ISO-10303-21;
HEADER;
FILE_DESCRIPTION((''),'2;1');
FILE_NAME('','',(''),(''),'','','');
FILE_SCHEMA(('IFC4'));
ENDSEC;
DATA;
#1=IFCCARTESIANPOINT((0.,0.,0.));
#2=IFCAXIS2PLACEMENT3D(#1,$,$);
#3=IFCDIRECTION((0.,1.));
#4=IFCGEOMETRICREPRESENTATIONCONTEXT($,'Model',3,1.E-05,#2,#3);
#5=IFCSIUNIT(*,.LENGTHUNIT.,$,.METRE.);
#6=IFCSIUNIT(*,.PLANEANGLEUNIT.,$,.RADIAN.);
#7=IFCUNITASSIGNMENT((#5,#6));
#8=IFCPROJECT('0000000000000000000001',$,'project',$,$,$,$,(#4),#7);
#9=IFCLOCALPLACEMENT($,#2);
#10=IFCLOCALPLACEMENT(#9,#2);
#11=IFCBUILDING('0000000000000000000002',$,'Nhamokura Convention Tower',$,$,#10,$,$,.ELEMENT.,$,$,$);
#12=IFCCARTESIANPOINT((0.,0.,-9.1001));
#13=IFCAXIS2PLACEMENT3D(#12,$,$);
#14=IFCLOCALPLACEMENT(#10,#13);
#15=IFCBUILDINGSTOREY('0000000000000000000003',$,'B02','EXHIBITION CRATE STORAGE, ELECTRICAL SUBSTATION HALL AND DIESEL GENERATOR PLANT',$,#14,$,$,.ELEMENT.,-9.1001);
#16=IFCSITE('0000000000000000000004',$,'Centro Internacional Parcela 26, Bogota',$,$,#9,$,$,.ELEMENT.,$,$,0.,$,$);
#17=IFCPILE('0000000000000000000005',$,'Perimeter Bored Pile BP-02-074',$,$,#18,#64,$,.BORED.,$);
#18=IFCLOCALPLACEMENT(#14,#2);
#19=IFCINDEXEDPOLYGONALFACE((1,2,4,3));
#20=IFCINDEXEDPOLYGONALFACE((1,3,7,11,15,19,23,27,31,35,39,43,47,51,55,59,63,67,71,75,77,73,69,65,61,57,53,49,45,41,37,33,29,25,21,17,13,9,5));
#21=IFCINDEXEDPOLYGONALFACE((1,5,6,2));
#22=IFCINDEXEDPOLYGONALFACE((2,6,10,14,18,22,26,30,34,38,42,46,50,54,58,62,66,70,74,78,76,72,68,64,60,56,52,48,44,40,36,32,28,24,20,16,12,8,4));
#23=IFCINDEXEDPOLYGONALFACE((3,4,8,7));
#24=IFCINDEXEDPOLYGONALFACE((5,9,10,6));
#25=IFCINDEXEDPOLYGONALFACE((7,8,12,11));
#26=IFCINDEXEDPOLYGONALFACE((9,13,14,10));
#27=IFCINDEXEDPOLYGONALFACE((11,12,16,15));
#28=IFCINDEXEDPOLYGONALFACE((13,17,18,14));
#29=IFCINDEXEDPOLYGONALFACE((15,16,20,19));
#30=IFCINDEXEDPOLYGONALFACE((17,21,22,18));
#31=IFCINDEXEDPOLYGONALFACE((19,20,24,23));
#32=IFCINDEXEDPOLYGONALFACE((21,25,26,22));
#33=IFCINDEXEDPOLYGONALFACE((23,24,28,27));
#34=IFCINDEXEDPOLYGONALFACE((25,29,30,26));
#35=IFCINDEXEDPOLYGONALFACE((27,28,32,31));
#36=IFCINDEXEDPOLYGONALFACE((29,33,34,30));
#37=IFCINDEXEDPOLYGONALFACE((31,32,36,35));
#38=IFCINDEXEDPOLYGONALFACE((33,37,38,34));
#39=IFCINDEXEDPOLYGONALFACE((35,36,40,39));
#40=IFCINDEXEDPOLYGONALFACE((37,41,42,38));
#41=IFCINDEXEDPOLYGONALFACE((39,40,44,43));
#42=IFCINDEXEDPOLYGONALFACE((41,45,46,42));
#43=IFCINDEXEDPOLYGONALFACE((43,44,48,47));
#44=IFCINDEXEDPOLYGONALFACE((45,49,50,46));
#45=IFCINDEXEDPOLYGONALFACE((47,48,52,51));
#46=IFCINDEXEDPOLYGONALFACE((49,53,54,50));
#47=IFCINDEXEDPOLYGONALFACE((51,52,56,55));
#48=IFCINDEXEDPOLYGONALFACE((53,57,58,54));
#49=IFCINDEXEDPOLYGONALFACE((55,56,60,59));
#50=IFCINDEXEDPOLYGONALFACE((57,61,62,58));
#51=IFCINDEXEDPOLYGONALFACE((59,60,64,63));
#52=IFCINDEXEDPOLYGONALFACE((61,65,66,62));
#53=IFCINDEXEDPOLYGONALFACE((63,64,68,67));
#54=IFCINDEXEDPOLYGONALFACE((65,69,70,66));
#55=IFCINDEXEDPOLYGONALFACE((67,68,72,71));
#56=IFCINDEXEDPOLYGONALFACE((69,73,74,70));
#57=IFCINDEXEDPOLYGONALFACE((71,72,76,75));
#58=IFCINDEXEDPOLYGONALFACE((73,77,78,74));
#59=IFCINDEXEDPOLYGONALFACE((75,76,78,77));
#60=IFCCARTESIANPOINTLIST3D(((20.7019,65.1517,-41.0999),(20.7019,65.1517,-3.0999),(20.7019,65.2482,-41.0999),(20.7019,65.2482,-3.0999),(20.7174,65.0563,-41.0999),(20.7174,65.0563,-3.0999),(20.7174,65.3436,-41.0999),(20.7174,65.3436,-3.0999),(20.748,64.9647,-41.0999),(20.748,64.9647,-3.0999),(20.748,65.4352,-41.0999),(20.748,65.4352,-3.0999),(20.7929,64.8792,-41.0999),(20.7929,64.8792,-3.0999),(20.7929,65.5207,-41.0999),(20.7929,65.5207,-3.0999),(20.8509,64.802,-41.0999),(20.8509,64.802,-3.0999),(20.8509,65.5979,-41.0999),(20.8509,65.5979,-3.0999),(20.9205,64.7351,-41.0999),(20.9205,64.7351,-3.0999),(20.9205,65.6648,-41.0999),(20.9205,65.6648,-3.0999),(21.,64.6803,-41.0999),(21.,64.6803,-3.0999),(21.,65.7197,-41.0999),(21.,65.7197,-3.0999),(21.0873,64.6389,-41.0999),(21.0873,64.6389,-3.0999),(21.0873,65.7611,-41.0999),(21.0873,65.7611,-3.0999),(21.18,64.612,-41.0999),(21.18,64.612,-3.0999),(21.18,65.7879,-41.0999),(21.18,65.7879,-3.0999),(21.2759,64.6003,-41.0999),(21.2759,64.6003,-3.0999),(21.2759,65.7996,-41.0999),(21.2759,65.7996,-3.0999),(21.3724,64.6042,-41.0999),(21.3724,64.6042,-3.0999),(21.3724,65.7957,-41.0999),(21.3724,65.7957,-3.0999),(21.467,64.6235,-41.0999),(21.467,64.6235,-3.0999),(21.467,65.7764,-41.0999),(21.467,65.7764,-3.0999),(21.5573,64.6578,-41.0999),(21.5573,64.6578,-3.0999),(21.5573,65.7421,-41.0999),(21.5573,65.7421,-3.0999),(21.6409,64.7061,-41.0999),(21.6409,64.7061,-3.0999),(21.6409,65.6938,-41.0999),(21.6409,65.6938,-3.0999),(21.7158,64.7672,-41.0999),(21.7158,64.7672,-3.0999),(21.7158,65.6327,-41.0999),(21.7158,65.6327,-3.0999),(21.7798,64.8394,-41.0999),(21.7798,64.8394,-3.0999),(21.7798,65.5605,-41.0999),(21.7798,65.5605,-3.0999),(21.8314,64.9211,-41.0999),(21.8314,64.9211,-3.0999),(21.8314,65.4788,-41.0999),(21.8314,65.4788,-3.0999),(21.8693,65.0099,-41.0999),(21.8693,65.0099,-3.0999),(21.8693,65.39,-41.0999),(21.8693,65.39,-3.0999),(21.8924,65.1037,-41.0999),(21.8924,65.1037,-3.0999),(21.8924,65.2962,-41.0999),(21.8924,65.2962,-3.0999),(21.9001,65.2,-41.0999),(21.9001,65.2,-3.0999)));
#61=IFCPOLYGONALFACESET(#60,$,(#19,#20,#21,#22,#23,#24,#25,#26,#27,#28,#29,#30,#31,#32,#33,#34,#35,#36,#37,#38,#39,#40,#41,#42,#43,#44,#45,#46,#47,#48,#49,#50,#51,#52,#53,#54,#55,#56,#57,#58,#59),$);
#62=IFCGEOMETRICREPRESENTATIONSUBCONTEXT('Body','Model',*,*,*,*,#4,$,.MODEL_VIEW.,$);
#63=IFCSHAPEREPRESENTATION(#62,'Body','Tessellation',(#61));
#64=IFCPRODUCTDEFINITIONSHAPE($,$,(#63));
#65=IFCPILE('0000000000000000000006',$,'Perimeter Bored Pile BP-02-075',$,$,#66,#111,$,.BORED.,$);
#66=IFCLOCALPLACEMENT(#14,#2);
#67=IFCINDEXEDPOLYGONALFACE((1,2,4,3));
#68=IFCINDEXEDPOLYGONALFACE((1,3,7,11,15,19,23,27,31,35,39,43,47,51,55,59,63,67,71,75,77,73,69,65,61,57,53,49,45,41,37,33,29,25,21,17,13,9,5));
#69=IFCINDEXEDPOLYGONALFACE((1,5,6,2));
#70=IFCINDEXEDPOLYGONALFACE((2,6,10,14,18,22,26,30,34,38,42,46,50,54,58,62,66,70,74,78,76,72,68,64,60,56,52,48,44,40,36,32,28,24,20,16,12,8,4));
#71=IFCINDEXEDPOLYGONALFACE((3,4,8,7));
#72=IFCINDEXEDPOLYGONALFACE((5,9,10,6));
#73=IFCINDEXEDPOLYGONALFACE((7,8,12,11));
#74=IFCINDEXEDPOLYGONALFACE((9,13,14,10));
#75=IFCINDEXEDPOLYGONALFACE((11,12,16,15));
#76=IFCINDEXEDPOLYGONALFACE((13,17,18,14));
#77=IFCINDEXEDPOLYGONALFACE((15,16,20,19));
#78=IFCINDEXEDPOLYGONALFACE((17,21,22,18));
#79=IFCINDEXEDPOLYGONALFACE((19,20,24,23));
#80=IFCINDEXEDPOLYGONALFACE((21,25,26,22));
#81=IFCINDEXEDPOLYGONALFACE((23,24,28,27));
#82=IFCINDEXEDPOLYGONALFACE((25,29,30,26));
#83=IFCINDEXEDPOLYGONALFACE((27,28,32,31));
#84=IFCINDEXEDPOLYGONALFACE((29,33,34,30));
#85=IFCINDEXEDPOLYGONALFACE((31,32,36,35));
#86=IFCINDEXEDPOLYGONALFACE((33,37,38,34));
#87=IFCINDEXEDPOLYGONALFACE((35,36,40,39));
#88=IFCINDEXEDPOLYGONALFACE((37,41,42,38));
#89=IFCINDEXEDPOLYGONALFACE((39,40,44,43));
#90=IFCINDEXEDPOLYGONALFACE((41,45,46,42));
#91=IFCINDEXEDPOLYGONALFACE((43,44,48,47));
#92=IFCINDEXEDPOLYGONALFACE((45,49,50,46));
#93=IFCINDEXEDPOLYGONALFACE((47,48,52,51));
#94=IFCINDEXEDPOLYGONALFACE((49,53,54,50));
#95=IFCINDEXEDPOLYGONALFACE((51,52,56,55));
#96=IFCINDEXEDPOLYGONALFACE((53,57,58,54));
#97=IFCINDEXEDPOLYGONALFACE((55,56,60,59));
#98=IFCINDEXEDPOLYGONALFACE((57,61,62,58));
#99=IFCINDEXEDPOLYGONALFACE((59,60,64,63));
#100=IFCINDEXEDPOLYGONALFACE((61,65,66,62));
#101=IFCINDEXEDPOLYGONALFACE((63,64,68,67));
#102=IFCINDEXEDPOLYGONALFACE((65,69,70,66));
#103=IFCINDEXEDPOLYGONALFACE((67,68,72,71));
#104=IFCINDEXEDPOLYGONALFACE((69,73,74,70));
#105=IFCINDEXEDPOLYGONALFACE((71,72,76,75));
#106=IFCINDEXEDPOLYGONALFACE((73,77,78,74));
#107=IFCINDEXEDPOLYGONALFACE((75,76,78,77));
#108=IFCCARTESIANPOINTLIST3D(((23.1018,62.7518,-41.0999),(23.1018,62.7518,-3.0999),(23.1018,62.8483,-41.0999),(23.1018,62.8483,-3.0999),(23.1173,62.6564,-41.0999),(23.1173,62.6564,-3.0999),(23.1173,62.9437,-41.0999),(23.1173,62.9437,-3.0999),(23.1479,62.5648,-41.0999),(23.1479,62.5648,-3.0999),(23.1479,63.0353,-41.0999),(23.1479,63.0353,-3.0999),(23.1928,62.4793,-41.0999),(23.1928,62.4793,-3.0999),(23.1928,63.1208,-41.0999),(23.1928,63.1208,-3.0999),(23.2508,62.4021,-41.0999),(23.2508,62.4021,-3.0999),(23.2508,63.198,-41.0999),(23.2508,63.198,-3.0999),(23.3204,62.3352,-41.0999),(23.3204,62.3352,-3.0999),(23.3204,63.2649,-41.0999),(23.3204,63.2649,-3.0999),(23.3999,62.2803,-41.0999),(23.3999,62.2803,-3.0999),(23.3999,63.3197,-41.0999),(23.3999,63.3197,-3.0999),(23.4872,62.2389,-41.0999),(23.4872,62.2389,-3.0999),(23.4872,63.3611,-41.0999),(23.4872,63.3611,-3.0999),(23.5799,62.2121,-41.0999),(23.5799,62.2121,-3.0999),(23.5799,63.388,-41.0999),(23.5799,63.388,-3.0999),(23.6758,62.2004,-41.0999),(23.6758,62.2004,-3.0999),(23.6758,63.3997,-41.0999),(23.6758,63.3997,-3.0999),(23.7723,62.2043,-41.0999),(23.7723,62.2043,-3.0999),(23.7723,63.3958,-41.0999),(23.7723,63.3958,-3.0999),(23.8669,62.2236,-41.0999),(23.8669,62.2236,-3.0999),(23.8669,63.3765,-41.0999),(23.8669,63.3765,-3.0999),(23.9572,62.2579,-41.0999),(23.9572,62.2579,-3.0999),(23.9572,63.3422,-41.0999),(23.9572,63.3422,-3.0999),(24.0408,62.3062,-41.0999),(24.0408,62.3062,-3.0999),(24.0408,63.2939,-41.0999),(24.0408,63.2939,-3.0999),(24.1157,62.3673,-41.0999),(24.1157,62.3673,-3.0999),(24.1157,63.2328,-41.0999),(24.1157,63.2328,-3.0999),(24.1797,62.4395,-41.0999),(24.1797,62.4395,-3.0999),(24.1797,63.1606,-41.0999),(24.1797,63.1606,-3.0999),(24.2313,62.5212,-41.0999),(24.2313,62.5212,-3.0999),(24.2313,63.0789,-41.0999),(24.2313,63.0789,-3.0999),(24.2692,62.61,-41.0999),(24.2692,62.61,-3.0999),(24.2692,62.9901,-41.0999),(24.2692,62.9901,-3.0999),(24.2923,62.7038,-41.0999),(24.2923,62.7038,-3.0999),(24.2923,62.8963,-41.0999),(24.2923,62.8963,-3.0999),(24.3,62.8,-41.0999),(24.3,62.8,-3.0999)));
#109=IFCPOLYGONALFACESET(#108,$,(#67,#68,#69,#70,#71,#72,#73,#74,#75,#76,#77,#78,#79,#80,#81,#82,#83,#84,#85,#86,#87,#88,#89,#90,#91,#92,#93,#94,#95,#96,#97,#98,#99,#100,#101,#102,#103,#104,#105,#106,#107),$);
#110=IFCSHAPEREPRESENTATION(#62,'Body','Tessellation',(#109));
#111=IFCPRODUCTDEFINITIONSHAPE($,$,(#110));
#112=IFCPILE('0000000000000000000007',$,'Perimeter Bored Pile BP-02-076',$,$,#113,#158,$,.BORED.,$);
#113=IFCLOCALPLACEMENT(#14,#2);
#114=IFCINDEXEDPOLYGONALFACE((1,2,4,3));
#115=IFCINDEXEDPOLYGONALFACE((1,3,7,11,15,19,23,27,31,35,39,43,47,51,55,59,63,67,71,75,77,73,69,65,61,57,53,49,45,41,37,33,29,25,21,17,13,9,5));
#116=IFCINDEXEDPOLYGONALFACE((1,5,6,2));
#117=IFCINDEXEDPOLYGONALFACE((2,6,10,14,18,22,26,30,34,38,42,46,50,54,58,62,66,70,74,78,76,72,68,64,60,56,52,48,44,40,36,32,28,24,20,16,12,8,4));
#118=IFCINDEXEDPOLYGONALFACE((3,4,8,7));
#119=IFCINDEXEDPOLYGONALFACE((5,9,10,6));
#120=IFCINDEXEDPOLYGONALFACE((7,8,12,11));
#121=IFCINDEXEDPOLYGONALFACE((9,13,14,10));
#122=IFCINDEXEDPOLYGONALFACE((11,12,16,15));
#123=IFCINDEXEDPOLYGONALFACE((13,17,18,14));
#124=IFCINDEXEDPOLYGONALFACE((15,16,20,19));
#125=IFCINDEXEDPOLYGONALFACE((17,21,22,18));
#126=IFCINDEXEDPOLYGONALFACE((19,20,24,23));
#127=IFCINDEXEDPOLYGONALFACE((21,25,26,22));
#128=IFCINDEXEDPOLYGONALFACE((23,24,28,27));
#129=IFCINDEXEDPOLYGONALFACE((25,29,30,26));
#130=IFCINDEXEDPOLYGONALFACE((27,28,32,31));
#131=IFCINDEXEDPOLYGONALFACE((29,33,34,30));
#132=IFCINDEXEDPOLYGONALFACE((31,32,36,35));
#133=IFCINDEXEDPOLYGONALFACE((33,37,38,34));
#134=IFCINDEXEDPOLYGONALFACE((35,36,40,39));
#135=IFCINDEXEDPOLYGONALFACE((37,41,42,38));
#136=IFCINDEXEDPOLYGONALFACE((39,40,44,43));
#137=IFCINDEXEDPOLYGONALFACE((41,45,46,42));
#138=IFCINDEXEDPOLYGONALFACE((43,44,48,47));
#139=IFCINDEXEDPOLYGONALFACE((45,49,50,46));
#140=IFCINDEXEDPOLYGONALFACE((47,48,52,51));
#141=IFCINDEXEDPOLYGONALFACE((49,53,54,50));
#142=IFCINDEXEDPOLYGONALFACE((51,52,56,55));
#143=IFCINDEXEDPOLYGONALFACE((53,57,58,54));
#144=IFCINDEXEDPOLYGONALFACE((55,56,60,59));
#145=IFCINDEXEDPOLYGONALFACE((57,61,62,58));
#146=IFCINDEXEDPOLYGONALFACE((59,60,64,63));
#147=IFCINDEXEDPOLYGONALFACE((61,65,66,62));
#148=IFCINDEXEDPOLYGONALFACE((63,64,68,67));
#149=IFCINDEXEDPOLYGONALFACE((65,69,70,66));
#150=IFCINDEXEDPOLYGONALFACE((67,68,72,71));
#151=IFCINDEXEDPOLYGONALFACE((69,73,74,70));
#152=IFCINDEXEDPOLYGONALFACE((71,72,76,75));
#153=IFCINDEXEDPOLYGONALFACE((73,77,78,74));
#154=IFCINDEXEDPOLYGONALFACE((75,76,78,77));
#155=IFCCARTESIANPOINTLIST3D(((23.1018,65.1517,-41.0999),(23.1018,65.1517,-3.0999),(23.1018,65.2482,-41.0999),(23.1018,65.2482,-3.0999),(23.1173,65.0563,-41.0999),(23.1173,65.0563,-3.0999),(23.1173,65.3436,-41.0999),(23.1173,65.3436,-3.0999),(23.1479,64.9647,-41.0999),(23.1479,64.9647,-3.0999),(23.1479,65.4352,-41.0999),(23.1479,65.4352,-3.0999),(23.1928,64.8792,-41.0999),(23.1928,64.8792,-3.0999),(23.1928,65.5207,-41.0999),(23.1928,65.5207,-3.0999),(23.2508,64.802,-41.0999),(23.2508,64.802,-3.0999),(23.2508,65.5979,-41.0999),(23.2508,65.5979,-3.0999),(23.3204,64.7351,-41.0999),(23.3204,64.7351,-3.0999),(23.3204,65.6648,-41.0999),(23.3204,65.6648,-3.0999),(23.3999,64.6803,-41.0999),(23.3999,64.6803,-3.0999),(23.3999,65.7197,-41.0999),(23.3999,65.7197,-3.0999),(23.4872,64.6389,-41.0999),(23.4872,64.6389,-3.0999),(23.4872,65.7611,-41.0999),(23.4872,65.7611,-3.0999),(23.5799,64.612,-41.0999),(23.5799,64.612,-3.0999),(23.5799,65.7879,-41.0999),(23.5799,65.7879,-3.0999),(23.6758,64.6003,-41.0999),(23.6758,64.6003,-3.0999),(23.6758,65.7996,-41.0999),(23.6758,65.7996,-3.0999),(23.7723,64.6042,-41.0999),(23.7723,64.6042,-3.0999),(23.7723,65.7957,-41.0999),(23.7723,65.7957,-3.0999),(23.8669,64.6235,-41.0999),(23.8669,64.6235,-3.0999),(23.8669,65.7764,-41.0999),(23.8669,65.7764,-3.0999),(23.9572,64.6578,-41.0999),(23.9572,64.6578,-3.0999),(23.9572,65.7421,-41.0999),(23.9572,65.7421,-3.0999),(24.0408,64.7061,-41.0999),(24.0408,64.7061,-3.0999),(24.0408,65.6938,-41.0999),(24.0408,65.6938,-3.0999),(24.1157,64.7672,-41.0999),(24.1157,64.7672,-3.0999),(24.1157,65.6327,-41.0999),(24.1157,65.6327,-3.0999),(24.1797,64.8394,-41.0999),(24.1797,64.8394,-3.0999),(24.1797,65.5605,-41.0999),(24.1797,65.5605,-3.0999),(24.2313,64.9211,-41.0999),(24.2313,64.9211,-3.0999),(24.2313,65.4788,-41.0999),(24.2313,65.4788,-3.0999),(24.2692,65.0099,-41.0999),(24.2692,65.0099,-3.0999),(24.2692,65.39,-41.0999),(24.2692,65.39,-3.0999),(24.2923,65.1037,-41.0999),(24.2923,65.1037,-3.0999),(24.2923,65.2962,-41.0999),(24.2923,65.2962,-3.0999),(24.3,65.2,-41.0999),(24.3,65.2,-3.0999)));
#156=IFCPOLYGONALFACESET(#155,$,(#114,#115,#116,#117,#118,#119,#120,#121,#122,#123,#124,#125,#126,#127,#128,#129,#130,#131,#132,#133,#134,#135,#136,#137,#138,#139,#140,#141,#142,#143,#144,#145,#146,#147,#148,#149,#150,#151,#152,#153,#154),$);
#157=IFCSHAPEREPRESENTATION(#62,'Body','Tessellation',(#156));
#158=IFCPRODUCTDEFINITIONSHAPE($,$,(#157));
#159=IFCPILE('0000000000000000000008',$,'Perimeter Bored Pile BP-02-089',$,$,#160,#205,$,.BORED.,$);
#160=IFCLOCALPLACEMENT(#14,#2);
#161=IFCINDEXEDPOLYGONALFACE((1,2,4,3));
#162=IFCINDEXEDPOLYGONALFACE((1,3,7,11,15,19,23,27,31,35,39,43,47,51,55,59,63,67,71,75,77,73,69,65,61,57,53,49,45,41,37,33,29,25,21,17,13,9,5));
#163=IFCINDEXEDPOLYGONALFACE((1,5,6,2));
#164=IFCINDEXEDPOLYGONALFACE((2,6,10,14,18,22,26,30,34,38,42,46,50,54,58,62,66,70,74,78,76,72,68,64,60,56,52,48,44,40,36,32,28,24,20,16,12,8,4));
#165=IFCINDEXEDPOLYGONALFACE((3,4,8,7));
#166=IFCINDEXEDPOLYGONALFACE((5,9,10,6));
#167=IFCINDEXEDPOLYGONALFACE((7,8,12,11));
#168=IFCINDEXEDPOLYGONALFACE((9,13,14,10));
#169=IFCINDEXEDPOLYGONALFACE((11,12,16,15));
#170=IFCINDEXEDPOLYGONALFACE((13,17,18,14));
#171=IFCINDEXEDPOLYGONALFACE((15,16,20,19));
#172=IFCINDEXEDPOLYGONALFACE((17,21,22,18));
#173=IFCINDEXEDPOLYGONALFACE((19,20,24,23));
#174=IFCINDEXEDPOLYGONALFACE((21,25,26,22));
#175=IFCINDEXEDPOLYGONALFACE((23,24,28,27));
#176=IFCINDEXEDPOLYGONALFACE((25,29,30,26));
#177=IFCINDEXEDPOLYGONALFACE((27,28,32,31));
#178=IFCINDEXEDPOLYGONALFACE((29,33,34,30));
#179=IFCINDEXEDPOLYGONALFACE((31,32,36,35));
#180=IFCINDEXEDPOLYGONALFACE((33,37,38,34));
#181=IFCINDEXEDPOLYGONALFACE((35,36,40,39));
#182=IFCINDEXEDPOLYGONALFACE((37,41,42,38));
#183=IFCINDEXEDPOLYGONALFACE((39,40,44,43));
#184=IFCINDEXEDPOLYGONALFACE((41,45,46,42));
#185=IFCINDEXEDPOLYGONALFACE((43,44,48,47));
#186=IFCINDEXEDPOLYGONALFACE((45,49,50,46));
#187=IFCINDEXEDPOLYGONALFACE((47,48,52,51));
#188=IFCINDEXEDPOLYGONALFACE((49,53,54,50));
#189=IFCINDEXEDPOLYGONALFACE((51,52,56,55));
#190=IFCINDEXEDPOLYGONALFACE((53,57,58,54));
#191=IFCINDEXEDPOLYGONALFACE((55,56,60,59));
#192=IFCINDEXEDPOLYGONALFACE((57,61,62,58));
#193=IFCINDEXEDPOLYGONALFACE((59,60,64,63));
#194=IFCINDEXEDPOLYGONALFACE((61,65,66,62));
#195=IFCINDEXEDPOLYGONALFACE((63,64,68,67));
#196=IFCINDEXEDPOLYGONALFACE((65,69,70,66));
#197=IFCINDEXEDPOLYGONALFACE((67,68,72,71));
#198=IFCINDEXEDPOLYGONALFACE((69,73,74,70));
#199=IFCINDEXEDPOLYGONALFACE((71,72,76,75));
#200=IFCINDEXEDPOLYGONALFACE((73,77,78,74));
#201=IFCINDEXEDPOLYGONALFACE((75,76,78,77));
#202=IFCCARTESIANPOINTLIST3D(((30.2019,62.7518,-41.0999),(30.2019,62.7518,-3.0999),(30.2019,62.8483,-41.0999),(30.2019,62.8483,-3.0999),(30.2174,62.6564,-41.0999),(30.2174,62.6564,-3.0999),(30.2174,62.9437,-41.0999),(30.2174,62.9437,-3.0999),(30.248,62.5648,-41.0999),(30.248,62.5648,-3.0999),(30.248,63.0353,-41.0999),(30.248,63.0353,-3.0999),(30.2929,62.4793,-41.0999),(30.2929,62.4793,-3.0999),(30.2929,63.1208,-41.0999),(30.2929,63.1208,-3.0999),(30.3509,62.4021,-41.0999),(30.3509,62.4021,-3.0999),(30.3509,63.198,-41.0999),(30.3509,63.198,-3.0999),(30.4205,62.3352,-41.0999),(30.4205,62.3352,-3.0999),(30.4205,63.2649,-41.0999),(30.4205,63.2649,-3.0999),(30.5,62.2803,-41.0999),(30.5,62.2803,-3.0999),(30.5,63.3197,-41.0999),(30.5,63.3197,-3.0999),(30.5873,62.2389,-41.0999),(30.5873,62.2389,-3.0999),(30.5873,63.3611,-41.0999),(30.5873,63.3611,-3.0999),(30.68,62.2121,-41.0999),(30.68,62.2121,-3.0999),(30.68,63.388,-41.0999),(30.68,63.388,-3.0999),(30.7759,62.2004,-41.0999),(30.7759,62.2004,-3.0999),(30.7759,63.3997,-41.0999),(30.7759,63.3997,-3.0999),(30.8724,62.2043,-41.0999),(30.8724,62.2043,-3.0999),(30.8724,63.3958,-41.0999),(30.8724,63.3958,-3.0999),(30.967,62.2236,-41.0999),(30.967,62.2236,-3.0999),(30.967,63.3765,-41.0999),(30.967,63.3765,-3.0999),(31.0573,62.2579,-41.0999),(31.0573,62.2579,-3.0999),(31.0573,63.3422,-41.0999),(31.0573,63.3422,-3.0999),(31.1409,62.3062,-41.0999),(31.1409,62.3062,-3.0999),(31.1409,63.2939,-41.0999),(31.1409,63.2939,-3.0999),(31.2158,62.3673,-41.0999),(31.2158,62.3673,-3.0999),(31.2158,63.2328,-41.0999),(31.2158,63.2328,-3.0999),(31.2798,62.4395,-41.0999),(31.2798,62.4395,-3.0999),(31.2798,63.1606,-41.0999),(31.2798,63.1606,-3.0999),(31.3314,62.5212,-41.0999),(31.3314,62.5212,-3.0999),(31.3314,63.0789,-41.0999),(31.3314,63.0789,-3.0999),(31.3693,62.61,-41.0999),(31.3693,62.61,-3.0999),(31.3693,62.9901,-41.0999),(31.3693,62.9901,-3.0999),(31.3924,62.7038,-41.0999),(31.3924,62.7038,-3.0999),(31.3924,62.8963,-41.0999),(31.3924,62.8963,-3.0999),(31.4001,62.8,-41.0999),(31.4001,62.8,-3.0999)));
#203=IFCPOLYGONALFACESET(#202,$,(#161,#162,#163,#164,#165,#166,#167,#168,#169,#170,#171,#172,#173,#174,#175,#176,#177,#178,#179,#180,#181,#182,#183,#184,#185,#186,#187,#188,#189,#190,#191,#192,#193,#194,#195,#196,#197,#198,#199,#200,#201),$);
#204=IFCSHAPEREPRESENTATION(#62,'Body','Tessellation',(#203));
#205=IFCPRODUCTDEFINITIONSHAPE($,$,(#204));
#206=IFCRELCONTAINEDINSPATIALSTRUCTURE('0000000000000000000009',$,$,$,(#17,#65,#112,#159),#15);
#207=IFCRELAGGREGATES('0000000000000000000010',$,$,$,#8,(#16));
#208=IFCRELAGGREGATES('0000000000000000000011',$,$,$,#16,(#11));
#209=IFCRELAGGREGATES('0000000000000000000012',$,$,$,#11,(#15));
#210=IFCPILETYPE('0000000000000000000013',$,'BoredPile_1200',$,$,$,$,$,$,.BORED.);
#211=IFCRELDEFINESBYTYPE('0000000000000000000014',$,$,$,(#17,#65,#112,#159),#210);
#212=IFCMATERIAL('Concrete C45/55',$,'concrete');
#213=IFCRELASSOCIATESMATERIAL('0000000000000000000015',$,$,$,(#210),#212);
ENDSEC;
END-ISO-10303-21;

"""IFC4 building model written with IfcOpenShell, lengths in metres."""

from ifc_helpers import new_model, si_unit, direction, frame, origin, origin_2d, place, context, subcontext, project, spatial, circle, extrude, material, material_profile, profile_set, type_object, element, save


model = new_model("IFC4")

# Units and contexts
model_context = context("Model", 3, precision=1e-05, world=origin(), true_north=direction((0.0, 1.0)))
body_context = subcontext(model_context, "Body", "Model", "MODEL_VIEW")
ifc_project = project(units=[si_unit("LENGTHUNIT", "METRE"), si_unit("PLANEANGLEUNIT", "RADIAN")], contexts=[model_context])

# Site, building, storey
site_placement = place(None, origin())
site = spatial("IfcSite", under=ifc_project, at=site_placement, Name="Centro Internacional Parcela 26, Bogota", CompositionType="ELEMENT", RefElevation=0.0)
building_placement = place(site_placement, origin())
building = spatial("IfcBuilding", under=site, at=building_placement, Name="Nhamokura Convention Tower", CompositionType="ELEMENT")
storey_placement = place(building_placement, frame((0.0, 0.0, -9.1001)))
storey = spatial("IfcBuildingStorey", under=building, at=storey_placement, Name="B02", Description="EXHIBITION CRATE STORAGE, ELECTRICAL SUBSTATION HALL AND DIESEL GENERATOR PLANT", CompositionType="ELEMENT", Elevation=-9.1001)

# Piles
ifc_material_1 = material(Name="Concrete C45/55", Category="concrete")
ifc_material_profile_1 = material_profile(ifc_material_1, circle(Radius=0.6001, at=origin_2d()))
ifc_profile_set_1 = profile_set([ifc_material_profile_1], Name="Concrete C45/55")
pile_type = type_object("IfcPileType", Name="BoredPile_1200", PredefinedType="BORED", material=ifc_profile_set_1)
for number, where, z_axis, x_axis, name in (
    (1, (21.3, 65.2, -3.0999), (0.0, 0.0, -1.0), (1.0, 0.0, 0.0), "Perimeter Bored Pile BP-02-074"),
    (2, (23.7, 62.8, -3.0999), (0.0, 0.0, -1.0), (1.0, 0.0, 0.0), "Perimeter Bored Pile BP-02-075"),
    (3, (23.7, 65.2, -3.0999), (0.0, 0.0, -1.0), (1.0, 0.0, 0.0), "Perimeter Bored Pile BP-02-076"),
    (4, (30.8, 62.8, -3.0999), (0.0, 0.0, -1.0), (1.0, 0.0, 0.0), "Perimeter Bored Pile BP-02-089"),
):
    element("IfcPile", number, at=place(storey_placement, frame(where, z_axis=z_axis, x_axis=x_axis)), inside=storey, type_object=pile_type, Name=name, PredefinedType="BORED", context=body_context, shape_type="SweptSolid", body=[
        extrude(circle(Radius=0.6001, at=origin_2d()), origin(), (0.0, 0.0, 1.0), 38.0),
    ])

save(model, "model.ifc")
